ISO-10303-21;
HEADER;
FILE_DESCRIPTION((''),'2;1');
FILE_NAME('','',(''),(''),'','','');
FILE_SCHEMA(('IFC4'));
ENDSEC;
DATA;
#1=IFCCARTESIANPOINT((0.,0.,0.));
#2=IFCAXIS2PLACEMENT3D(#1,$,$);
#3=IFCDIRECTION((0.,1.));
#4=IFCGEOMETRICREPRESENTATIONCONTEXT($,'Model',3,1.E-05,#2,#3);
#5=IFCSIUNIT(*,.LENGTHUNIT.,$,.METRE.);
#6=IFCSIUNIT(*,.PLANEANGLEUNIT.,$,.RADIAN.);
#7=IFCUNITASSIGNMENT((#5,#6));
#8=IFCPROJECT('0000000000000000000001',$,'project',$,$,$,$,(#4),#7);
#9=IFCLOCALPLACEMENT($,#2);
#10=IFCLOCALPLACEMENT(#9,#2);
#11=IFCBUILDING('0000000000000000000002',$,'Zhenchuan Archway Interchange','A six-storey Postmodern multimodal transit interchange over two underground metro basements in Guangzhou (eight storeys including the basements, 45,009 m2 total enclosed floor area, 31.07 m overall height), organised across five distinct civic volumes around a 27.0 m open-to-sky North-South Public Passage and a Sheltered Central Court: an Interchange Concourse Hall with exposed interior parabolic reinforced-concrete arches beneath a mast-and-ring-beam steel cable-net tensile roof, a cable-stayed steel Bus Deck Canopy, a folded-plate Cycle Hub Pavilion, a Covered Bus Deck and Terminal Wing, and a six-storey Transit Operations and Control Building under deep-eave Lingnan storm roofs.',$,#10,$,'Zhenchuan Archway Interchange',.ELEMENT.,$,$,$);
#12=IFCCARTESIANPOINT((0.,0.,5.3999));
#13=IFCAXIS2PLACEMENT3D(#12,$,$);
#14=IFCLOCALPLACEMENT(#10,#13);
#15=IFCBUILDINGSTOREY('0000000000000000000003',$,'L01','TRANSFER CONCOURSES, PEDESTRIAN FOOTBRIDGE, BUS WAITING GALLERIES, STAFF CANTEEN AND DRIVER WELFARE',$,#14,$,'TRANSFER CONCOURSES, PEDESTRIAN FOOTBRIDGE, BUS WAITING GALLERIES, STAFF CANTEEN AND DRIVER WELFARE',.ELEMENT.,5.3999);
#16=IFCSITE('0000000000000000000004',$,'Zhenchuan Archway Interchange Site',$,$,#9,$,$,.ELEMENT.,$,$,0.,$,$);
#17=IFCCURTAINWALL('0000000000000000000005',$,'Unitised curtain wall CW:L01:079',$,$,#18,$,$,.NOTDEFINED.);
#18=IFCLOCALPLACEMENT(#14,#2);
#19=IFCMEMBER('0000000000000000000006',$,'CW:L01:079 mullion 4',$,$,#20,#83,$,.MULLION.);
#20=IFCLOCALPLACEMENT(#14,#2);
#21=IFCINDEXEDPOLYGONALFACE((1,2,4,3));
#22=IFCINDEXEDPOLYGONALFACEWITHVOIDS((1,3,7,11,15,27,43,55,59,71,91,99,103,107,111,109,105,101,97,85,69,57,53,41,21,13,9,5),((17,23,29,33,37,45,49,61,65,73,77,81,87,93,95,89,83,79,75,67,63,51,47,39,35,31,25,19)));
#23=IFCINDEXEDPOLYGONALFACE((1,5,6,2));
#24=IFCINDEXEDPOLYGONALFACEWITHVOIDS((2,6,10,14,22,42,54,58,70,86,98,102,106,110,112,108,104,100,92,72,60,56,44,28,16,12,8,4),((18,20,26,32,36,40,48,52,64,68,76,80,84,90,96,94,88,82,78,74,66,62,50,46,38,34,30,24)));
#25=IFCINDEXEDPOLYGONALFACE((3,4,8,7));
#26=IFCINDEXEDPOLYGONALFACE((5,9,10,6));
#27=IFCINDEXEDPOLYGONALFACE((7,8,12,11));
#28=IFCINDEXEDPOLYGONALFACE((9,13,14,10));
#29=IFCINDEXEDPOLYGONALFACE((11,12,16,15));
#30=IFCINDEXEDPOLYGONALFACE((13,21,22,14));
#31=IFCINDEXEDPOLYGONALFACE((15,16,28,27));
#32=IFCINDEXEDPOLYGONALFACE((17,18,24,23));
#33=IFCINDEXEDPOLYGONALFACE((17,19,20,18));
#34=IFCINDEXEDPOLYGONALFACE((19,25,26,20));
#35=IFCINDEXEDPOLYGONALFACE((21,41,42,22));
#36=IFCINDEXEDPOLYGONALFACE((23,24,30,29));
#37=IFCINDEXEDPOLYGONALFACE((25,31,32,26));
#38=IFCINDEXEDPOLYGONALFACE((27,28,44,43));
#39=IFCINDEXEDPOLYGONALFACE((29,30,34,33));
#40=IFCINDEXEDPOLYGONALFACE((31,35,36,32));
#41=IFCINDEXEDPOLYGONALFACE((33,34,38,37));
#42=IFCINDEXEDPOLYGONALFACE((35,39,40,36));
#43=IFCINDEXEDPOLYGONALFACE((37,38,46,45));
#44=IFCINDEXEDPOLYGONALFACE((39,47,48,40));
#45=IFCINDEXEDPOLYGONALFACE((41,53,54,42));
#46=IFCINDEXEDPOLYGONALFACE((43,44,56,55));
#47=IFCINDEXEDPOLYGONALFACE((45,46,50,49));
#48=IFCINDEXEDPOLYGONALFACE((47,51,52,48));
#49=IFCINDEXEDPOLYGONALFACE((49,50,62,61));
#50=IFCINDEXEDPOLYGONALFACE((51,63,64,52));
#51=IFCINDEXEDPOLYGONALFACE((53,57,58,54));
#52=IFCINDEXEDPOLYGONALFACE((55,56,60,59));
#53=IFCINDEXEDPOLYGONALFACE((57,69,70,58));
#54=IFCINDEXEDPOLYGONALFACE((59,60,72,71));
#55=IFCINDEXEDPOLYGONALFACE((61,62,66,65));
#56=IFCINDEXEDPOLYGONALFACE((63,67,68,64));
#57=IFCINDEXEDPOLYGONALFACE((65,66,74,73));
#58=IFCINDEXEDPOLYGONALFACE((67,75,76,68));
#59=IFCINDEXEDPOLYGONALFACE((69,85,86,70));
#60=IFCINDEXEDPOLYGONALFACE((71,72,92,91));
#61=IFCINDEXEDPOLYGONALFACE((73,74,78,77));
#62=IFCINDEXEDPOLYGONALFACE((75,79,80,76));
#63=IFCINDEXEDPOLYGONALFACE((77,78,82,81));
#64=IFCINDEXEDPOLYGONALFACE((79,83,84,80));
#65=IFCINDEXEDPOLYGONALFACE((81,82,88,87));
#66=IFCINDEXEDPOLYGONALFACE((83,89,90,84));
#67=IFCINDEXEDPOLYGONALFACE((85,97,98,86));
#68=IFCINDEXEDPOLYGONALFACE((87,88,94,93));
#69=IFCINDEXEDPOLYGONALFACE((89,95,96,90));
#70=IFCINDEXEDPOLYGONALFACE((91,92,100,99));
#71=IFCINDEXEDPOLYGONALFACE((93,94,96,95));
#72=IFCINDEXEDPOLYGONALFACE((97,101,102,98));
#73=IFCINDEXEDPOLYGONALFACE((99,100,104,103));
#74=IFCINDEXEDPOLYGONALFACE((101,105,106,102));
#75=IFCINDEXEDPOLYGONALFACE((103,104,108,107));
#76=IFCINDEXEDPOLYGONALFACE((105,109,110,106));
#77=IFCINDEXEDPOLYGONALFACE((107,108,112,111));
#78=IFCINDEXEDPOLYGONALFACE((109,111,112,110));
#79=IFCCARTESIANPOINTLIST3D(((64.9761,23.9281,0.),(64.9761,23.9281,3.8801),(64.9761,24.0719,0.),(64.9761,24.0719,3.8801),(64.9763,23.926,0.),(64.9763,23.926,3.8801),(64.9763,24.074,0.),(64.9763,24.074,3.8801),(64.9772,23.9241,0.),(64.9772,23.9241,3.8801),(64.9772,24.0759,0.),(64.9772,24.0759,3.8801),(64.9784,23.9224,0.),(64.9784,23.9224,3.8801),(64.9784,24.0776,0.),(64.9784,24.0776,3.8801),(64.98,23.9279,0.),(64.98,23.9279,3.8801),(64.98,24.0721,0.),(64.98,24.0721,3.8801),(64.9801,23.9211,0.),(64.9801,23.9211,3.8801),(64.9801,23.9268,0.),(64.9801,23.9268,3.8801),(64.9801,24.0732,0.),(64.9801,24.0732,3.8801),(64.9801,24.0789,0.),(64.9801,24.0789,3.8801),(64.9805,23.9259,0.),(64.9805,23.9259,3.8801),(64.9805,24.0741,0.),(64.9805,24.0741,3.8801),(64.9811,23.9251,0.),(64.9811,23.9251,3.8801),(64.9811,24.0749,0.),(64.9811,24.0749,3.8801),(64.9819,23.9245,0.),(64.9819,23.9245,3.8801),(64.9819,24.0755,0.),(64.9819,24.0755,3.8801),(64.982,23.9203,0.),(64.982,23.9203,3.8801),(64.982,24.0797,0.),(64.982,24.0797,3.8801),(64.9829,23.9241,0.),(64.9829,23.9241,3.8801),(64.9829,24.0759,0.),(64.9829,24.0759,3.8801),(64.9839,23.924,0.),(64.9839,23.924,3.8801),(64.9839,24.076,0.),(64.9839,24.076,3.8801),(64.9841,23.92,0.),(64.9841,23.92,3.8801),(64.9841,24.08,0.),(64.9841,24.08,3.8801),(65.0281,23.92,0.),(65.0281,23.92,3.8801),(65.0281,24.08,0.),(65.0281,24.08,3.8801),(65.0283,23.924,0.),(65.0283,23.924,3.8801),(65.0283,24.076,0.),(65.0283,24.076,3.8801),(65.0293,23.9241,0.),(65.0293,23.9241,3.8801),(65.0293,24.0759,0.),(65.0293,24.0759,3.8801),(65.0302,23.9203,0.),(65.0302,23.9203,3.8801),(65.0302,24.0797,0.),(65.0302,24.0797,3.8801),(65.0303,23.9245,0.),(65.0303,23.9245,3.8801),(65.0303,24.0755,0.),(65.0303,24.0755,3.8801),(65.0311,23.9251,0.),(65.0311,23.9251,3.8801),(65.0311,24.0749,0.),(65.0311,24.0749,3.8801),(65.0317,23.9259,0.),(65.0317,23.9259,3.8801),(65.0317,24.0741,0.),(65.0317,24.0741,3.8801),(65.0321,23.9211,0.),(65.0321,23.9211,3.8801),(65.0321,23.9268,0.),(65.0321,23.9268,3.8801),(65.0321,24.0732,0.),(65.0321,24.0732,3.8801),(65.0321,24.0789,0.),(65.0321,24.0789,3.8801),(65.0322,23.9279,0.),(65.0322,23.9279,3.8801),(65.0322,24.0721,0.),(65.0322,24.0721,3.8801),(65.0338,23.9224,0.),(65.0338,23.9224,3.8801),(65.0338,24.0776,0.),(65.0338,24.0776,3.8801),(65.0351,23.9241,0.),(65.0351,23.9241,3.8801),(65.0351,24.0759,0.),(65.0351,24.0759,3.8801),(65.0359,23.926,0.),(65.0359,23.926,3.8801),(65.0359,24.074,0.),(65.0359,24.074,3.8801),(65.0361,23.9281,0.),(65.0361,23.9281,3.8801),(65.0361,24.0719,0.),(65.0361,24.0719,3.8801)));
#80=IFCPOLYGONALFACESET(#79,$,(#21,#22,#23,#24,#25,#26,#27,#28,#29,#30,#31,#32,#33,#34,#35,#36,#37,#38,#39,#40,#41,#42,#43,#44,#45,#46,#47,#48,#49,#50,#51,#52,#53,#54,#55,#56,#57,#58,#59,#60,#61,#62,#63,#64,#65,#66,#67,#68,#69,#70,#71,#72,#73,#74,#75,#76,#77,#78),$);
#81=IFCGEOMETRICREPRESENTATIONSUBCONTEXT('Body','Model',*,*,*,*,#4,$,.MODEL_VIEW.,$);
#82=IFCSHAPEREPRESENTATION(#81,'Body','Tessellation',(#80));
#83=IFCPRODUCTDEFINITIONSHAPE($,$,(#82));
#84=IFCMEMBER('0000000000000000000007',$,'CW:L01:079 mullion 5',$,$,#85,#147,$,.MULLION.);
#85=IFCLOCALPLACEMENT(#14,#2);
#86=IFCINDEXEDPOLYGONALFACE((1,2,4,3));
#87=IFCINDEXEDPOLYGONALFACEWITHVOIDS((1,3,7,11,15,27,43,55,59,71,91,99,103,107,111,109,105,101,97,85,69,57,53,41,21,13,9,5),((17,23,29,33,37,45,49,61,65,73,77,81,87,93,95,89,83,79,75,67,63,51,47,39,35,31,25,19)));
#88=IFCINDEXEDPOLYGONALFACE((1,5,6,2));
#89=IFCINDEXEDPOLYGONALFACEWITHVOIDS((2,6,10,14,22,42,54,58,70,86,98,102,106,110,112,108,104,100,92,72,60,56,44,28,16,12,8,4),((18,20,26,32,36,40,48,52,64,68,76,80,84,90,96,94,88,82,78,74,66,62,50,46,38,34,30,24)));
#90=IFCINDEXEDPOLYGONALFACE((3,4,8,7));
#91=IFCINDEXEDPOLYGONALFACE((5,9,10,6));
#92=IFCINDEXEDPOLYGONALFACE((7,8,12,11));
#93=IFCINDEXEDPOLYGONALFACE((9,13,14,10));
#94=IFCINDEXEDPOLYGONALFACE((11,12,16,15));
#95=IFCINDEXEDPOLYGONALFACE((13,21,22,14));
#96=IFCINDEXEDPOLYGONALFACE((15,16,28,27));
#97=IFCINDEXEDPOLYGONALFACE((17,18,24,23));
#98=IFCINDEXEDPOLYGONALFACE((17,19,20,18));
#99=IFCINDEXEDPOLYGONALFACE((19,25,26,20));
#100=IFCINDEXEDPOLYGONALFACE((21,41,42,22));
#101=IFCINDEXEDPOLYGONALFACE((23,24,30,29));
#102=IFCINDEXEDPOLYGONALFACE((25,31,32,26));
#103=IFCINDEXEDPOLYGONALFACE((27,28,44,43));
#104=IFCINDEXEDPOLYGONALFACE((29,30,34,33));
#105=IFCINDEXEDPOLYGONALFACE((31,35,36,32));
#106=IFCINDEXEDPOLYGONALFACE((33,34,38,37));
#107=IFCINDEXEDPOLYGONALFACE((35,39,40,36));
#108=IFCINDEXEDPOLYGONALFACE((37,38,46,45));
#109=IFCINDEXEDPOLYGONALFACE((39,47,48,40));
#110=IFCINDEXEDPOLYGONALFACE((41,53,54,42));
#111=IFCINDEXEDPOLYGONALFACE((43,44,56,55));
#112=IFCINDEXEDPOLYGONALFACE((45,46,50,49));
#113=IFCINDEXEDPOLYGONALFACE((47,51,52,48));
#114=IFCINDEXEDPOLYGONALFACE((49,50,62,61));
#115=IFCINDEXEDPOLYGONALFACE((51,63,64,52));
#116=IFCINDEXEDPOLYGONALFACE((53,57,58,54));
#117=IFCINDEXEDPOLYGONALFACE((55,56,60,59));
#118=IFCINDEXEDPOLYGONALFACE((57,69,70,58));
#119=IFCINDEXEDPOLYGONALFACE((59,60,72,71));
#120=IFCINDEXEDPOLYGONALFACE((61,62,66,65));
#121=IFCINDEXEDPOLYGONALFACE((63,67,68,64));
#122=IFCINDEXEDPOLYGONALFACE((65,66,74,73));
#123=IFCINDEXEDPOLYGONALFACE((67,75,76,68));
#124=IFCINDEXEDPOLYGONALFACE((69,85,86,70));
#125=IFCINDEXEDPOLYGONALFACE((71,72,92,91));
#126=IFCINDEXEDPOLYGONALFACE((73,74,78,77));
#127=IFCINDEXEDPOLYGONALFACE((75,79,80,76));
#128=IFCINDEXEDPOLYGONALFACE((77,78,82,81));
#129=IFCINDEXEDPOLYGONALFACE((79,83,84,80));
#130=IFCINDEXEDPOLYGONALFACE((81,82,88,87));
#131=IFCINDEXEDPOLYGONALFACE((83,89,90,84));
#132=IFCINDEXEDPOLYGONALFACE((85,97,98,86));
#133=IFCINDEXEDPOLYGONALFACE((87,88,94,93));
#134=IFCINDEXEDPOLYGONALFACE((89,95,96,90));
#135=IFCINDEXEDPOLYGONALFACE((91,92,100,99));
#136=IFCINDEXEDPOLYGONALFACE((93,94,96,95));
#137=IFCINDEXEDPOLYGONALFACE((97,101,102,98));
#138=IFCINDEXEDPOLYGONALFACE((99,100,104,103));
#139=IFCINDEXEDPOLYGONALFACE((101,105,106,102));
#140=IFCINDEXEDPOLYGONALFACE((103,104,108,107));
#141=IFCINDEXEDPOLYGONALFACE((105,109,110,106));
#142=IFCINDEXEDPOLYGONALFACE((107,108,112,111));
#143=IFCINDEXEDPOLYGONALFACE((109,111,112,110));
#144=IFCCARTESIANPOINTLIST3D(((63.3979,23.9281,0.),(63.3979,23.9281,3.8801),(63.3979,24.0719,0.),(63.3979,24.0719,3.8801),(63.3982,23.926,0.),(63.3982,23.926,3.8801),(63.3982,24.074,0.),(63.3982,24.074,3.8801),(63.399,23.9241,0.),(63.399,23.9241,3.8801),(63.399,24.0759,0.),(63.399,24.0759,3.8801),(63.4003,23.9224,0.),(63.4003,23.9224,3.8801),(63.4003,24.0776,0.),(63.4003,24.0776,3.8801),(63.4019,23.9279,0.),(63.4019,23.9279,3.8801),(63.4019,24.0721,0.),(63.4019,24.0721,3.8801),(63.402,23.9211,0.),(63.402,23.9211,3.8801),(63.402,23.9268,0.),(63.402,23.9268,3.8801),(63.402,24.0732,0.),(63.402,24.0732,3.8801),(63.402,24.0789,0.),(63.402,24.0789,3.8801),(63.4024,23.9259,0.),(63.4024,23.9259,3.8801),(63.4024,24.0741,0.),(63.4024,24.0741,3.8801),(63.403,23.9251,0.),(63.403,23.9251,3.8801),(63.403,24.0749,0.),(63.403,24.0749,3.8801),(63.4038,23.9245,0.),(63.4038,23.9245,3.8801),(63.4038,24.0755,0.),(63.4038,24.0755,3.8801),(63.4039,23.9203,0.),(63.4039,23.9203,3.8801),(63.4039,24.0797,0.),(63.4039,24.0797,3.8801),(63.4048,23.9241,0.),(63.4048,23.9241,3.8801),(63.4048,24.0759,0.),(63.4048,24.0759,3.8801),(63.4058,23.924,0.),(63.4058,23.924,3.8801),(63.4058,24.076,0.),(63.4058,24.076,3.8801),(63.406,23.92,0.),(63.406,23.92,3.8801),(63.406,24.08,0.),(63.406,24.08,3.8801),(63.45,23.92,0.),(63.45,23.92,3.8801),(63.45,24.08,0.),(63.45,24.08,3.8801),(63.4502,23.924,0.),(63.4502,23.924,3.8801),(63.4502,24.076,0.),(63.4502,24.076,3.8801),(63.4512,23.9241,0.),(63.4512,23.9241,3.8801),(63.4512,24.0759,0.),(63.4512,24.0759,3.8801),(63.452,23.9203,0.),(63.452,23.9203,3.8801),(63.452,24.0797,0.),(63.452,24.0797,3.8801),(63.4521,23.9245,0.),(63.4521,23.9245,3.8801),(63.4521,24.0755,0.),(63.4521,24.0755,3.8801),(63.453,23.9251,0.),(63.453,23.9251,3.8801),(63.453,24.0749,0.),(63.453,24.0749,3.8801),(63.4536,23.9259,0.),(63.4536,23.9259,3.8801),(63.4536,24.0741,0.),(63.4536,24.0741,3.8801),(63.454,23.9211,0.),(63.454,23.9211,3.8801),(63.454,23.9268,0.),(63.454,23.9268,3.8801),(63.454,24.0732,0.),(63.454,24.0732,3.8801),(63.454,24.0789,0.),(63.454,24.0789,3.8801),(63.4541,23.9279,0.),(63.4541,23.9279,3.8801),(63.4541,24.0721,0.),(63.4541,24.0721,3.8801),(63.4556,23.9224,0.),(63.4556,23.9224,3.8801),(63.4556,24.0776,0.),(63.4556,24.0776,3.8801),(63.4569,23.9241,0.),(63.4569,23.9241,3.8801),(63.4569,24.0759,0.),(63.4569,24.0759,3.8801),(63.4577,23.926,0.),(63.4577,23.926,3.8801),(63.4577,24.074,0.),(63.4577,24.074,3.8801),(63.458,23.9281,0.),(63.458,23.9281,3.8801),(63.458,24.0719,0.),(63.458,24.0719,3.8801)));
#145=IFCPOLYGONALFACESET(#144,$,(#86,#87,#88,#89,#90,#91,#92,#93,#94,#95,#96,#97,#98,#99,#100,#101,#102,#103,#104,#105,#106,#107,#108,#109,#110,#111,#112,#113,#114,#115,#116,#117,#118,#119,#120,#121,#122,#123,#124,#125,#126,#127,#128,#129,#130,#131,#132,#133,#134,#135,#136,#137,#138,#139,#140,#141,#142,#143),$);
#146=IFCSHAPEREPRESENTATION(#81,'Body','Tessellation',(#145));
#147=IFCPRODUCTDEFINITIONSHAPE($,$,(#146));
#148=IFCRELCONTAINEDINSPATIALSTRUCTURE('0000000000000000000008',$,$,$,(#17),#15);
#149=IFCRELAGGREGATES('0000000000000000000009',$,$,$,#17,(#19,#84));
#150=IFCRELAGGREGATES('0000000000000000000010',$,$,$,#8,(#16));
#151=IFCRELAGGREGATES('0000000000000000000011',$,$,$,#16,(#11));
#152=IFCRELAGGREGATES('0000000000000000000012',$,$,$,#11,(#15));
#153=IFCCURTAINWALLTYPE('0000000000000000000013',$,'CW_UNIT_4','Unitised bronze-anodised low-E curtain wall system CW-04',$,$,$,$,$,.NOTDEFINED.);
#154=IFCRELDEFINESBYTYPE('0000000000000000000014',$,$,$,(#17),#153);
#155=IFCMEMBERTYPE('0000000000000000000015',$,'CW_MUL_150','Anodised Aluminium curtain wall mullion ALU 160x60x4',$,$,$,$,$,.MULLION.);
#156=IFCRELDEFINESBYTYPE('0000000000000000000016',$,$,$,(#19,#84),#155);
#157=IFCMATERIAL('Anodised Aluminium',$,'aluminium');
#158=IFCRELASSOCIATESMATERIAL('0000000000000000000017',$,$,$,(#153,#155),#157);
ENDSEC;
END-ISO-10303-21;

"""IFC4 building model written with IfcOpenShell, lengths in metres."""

from ifc_helpers import new_model, si_unit, direction, frame, origin, origin_2d, place, context, subcontext, project, spatial, hollow_rectangle, extrude, material, material_profile, profile_set, type_object, element, aggregate, save


model = new_model("IFC4")

# Units and contexts
model_context = context("Model", 3, precision=1e-05, world=origin(), true_north=direction((0.0, 1.0)))
body_context = subcontext(model_context, "Body", "Model", "MODEL_VIEW")
ifc_project = project(units=[si_unit("LENGTHUNIT", "METRE"), si_unit("PLANEANGLEUNIT", "RADIAN")], contexts=[model_context])

# Site, building, storey
site_placement = place(None, origin())
site = spatial("IfcSite", under=ifc_project, at=site_placement, Name="Zhenchuan Archway Interchange Site", CompositionType="ELEMENT", RefElevation=0.0)
building_placement = place(site_placement, origin())
building = spatial("IfcBuilding", under=site, at=building_placement, Name="Zhenchuan Archway Interchange", Description="A six-storey Postmodern multimodal transit interchange over two underground metro basements in Guangzhou (eight storeys including the basements, 45,009 m2 total enclosed floor area, 31.07 m overall height), organised across five distinct civic volumes around a 27.0 m open-to-sky North-South Public Passage and a Sheltered Central Court: an Interchange Concourse Hall with exposed interior parabolic reinforced-concrete arches beneath a mast-and-ring-beam steel cable-net tensile roof, a cable-stayed steel Bus Deck Canopy, a folded-plate Cycle Hub Pavilion, a Covered Bus Deck and Terminal Wing, and a six-storey Transit Operations and Control Building under deep-eave Lingnan storm roofs.", LongName="Zhenchuan Archway Interchange", CompositionType="ELEMENT")
storey_placement = place(building_placement, frame((0.0, 0.0, 5.3999)))
storey = spatial("IfcBuildingStorey", under=building, at=storey_placement, Name="L01", Description="TRANSFER CONCOURSES, PEDESTRIAN FOOTBRIDGE, BUS WAITING GALLERIES, STAFF CANTEEN AND DRIVER WELFARE", LongName="TRANSFER CONCOURSES, PEDESTRIAN FOOTBRIDGE, BUS WAITING GALLERIES, STAFF CANTEEN AND DRIVER WELFARE", CompositionType="ELEMENT", Elevation=5.3999)

# Curtain wall, members
ifc_material_1 = material(Name="Anodised Aluminium", Category="aluminium")
curtain_wall_type = type_object("IfcCurtainWallType", Name="CW_UNIT_4", Description="Unitised bronze-anodised low-E curtain wall system CW-04", PredefinedType="NOTDEFINED", material=ifc_material_1)
curtain_wall_placement = place(storey_placement, origin())
curtain_wall = element("IfcCurtainWall", 1, at=curtain_wall_placement, inside=storey, type_object=curtain_wall_type, Name="Unitised curtain wall CW:L01:079", PredefinedType="NOTDEFINED")
ifc_material_profile_1 = material_profile(ifc_material_1, hollow_rectangle(XDim=0.0601, YDim=0.1599, WallThickness=0.0039, InnerFilletRadius=0.0039, OuterFilletRadius=0.0081, at=origin_2d()), Name="ALU 160x60x4")
ifc_profile_set_1 = profile_set([ifc_material_profile_1], Name="Anodised Aluminium")
member_type_1 = type_object("IfcMemberType", Name="CW_MUL_150", Description="Anodised Aluminium curtain wall mullion ALU 160x60x4", PredefinedType="MULLION", material=ifc_profile_set_1)
member_1_placement = place(storey_placement, frame((65.0061, 24.0, 0.0), z_axis=(0.0, 0.0, 1.0), x_axis=(1.0, 0.0, 0.0)))
member_1 = element("IfcMember", 2, at=member_1_placement, type_object=member_type_1, Name="CW:L01:079 mullion 4", PredefinedType="MULLION", context=body_context, shape_type="SweptSolid", body=[
    extrude(hollow_rectangle(XDim=0.0601, YDim=0.1599, WallThickness=0.0039, InnerFilletRadius=0.0039, OuterFilletRadius=0.0081, at=origin_2d()), origin(), (0.0, 0.0, 1.0), 3.8801),
])
member_2_placement = place(storey_placement, frame((63.428, 24.0, 0.0), z_axis=(0.0, 0.0, 1.0), x_axis=(1.0, 0.0, 0.0)))
member_2 = element("IfcMember", 3, at=member_2_placement, type_object=member_type_1, Name="CW:L01:079 mullion 5", PredefinedType="MULLION", context=body_context, shape_type="SweptSolid", body=[
    extrude(hollow_rectangle(XDim=0.0601, YDim=0.1599, WallThickness=0.0039, InnerFilletRadius=0.0039, OuterFilletRadius=0.0081, at=origin_2d()), origin(), (0.0, 0.0, 1.0), 3.8801),
])

aggregate(curtain_wall, [member_1, member_2])

save(model, "model.ifc")
